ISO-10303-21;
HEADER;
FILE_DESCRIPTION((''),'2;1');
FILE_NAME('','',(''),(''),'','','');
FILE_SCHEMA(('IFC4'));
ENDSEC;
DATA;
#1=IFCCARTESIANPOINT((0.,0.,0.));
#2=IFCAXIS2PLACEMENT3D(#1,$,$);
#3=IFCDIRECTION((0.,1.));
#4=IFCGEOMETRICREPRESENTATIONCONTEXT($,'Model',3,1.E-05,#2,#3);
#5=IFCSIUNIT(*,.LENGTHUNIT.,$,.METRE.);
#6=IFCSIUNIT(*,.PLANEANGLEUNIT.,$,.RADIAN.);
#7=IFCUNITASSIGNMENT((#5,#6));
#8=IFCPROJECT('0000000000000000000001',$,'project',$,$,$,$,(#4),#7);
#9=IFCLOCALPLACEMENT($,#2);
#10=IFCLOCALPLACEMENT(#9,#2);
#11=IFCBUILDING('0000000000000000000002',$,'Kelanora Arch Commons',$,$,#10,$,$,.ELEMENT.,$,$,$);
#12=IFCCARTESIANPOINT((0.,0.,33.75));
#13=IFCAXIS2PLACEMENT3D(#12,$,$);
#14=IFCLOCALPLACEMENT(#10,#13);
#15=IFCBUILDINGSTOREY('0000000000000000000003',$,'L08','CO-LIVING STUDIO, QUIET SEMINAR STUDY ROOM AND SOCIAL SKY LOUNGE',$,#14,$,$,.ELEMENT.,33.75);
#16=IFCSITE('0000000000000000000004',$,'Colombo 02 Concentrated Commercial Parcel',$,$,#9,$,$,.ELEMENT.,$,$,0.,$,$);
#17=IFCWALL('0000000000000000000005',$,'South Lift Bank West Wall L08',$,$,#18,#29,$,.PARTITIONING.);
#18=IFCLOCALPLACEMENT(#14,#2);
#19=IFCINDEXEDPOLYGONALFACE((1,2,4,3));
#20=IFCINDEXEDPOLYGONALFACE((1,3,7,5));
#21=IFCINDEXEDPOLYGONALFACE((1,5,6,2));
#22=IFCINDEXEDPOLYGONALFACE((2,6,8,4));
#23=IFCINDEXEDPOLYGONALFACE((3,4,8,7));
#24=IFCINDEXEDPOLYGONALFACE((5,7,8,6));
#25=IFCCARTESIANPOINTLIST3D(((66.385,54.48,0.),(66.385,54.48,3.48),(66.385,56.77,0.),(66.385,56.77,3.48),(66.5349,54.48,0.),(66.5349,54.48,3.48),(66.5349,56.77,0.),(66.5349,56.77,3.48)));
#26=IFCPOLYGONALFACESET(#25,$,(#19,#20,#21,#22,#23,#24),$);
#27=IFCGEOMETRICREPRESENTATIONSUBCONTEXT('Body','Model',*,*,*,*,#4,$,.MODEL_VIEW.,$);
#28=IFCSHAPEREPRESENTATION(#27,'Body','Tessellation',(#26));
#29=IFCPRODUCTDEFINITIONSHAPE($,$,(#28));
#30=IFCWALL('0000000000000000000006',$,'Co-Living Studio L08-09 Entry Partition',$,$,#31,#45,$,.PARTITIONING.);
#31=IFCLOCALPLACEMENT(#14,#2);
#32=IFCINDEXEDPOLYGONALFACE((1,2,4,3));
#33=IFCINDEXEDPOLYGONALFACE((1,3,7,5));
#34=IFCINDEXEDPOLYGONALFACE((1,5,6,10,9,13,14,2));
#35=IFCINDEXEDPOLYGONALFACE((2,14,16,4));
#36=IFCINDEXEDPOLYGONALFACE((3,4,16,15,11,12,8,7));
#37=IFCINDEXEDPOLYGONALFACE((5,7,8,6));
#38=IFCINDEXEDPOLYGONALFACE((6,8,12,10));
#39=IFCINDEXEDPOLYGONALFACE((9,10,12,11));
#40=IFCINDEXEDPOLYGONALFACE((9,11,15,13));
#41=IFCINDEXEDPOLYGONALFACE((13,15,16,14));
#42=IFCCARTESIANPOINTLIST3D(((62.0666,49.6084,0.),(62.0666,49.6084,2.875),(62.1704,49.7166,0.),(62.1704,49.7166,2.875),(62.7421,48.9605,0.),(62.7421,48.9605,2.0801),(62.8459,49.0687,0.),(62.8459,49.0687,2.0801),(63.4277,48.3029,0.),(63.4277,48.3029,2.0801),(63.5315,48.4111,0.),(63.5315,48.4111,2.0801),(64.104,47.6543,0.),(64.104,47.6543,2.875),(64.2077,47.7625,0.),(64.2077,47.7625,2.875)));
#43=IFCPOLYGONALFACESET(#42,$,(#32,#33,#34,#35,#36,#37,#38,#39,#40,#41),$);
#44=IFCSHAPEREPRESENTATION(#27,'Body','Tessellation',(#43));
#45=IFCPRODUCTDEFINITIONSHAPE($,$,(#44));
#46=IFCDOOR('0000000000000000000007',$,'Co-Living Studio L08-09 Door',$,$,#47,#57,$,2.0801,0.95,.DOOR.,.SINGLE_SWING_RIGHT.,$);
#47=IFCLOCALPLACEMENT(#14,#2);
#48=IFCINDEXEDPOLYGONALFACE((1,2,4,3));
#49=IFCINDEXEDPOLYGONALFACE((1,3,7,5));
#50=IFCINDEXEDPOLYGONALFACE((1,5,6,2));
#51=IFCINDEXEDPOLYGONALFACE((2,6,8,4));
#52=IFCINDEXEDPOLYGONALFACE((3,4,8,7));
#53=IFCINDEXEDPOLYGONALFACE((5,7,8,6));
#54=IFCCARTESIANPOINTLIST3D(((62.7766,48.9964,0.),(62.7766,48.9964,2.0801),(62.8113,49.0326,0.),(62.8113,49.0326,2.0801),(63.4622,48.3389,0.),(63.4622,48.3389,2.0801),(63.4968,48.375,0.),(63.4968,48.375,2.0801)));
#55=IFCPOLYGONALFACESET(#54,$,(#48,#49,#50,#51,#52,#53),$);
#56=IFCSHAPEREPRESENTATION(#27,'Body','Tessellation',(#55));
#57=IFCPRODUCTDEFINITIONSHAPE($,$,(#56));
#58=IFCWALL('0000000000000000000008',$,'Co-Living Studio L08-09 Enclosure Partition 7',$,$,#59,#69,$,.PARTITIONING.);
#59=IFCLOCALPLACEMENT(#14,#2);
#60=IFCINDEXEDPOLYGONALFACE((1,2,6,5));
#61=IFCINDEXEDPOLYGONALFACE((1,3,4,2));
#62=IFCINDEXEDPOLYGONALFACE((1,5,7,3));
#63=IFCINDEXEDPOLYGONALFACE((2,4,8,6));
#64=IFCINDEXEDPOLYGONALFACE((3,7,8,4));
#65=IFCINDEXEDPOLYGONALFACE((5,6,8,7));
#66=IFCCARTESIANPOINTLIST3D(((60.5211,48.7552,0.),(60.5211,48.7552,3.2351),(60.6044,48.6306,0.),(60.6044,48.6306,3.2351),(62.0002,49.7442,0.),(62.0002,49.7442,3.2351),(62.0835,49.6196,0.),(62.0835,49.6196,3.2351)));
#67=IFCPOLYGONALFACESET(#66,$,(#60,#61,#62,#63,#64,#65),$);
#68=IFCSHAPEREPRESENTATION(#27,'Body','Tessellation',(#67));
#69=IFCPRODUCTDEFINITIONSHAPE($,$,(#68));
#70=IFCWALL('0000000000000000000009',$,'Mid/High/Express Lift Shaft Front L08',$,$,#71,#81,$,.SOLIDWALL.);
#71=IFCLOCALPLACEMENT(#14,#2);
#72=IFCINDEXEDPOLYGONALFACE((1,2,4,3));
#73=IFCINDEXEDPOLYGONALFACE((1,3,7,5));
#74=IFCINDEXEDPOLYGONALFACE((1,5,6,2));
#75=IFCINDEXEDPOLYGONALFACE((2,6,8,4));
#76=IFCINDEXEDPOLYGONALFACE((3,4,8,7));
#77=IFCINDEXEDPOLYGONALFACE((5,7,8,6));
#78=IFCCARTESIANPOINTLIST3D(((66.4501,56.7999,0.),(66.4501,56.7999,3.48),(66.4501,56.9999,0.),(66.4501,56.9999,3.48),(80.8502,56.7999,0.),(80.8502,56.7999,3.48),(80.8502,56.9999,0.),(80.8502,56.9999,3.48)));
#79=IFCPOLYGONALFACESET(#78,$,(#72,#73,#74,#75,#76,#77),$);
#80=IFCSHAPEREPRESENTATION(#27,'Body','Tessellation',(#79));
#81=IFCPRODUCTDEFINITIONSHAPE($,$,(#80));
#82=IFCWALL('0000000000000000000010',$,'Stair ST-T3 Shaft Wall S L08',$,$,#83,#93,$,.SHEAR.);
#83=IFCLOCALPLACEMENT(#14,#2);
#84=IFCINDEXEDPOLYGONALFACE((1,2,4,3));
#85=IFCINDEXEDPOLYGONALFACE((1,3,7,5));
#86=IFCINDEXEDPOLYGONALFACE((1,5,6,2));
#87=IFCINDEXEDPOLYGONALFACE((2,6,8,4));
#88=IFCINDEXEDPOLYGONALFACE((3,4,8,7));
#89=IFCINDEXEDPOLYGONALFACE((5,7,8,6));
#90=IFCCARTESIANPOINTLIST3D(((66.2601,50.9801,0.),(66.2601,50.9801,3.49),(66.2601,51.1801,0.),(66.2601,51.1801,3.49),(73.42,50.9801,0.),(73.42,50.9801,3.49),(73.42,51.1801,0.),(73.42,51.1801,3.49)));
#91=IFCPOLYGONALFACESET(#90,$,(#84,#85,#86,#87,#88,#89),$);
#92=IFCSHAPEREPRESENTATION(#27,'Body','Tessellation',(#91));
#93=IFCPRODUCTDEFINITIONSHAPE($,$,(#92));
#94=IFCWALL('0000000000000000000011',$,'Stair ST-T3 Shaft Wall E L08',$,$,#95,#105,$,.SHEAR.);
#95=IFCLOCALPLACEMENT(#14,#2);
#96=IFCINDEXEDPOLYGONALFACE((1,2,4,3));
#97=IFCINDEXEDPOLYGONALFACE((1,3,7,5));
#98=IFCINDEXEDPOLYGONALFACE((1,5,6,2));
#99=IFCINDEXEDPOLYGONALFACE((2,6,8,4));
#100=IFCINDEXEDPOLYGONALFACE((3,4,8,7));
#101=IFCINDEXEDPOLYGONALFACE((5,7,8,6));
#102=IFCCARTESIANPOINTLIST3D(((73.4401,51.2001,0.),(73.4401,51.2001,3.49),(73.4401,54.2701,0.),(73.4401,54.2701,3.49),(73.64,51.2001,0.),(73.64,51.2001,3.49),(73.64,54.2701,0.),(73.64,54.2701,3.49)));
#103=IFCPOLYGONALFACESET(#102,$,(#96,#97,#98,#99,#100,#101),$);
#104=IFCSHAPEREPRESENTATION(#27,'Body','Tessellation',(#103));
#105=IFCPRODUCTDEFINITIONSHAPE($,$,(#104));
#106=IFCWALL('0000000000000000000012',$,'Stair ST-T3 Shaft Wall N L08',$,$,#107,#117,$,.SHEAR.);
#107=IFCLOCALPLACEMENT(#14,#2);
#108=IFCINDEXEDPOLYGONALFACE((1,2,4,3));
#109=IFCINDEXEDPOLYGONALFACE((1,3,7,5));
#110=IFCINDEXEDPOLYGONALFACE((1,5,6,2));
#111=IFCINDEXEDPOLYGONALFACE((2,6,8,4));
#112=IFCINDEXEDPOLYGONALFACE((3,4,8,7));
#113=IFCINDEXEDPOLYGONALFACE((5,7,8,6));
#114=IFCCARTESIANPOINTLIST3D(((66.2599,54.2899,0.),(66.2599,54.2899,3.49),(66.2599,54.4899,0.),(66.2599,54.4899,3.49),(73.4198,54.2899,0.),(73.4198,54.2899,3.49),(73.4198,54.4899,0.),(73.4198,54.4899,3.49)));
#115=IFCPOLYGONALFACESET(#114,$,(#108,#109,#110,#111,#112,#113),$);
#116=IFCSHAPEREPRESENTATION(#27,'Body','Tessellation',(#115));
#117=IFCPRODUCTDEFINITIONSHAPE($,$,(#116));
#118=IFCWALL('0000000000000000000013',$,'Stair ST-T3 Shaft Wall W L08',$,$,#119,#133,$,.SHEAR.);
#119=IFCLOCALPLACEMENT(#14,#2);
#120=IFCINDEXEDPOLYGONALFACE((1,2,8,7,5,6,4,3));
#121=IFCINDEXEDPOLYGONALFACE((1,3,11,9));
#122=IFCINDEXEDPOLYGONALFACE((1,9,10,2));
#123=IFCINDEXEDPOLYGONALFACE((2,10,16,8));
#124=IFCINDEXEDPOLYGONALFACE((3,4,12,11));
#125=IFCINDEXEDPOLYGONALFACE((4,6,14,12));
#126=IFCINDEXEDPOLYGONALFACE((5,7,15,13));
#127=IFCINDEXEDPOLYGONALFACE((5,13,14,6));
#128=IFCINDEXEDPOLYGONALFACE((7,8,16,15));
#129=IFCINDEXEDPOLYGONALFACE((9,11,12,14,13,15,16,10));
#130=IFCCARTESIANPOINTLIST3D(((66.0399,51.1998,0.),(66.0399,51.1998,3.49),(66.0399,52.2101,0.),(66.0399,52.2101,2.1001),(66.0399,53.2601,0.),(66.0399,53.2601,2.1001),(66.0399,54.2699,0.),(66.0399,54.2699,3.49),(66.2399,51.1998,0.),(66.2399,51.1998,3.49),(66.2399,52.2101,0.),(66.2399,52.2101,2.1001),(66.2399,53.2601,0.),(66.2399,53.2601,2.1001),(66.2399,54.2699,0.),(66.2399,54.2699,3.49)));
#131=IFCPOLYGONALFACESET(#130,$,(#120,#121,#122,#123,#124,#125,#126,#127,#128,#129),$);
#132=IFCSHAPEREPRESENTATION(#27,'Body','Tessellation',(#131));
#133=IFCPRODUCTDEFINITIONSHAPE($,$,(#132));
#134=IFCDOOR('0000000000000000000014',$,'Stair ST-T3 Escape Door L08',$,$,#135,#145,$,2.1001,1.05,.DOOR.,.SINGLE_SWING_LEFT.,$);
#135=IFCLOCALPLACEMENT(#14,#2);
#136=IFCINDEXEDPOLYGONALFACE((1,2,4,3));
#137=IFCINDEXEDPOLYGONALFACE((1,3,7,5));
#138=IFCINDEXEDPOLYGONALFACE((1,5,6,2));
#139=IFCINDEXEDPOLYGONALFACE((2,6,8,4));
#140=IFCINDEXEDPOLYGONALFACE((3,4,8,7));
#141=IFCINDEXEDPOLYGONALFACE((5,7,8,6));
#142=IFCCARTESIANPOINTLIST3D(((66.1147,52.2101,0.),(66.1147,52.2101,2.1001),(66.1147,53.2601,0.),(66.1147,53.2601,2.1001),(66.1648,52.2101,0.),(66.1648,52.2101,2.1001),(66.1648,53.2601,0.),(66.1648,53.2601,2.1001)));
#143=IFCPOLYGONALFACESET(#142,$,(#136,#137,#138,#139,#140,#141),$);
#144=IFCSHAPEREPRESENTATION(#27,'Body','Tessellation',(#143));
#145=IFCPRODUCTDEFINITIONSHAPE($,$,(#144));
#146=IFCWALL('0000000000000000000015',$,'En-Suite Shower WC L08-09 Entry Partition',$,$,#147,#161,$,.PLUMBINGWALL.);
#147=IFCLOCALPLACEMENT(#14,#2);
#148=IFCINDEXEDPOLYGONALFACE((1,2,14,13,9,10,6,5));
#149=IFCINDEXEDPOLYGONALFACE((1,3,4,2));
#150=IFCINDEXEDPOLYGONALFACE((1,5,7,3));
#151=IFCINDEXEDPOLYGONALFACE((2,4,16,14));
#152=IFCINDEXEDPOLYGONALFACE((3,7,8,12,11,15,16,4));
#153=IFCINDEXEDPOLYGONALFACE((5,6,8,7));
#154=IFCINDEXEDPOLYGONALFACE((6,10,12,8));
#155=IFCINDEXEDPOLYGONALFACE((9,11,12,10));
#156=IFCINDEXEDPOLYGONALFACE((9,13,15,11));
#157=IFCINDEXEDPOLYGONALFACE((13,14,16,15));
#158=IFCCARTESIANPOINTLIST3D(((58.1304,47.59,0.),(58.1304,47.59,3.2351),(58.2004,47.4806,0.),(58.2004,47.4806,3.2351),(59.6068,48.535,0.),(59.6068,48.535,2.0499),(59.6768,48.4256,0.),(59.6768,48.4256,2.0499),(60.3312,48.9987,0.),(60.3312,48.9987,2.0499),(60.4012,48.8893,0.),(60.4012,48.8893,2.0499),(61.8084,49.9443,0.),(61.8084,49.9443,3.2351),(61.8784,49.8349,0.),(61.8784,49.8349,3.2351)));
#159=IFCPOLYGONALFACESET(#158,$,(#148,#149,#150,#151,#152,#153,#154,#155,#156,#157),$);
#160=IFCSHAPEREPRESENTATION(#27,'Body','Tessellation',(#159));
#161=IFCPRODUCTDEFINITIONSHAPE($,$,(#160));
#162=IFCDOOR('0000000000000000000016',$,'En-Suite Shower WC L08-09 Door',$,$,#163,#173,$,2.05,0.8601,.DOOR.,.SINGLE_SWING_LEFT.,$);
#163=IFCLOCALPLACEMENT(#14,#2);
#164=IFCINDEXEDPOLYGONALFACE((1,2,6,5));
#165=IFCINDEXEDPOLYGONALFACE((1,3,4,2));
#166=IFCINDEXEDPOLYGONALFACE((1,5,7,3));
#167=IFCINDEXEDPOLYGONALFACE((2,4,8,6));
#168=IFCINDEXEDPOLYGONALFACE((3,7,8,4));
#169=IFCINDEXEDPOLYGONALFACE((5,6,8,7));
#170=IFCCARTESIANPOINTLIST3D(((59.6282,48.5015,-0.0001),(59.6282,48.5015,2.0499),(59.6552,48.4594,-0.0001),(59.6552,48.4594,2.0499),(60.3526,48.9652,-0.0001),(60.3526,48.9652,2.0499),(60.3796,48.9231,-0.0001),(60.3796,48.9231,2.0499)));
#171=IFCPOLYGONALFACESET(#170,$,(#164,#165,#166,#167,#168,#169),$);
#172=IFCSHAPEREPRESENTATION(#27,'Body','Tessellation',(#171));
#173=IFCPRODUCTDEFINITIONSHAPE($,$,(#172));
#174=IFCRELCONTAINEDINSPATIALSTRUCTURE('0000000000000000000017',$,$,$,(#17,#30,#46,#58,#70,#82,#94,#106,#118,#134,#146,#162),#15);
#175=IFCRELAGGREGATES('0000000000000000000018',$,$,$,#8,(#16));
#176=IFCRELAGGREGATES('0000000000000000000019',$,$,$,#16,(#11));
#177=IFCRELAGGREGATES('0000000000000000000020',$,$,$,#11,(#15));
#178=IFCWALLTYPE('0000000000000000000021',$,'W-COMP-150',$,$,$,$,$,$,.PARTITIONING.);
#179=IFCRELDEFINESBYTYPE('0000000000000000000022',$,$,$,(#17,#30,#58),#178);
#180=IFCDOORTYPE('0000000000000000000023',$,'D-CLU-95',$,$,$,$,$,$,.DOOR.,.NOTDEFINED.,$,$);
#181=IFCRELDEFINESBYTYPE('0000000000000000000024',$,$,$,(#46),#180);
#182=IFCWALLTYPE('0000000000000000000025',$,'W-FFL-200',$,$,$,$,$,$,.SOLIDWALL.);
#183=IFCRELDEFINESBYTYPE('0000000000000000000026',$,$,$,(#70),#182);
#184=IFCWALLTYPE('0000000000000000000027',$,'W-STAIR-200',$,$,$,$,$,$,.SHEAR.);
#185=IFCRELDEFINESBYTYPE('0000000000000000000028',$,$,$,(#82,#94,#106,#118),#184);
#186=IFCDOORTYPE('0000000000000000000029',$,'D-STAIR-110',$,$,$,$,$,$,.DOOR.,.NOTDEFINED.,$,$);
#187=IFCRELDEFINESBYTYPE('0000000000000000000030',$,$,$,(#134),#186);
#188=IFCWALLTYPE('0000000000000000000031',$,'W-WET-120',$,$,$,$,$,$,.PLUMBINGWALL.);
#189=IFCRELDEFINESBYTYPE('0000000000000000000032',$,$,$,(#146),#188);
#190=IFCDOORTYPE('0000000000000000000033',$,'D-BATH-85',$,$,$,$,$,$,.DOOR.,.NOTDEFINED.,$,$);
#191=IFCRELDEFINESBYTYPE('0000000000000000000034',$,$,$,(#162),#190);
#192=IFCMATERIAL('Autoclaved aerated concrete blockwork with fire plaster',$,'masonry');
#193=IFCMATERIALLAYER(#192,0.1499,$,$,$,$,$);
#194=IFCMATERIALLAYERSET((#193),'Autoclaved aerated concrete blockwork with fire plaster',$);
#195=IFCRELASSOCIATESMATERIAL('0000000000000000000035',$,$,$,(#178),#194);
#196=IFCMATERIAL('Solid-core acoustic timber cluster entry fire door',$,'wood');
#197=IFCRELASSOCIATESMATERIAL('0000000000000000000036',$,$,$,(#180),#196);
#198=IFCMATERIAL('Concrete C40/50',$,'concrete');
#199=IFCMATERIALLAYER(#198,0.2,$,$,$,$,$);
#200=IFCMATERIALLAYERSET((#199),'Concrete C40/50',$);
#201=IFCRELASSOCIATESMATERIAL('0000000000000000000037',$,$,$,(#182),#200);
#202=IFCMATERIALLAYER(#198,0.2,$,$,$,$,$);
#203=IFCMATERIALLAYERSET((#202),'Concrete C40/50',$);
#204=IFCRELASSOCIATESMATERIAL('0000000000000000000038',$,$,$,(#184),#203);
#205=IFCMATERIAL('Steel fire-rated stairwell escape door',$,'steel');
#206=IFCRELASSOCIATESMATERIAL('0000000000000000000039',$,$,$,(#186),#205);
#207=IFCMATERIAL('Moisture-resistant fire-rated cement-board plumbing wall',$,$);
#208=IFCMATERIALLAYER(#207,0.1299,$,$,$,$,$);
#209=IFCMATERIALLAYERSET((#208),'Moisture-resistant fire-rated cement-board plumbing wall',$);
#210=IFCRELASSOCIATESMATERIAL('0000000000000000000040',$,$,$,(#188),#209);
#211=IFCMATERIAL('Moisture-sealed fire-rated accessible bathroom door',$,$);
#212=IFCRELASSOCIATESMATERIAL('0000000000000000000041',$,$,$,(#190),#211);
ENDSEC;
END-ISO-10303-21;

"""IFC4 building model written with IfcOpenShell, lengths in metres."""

from ifc_helpers import new_model, si_unit, direction, frame, frame_2d, origin, place, context, subcontext, project, spatial, rectangle, extrude, material, layer, layer_set, type_object, element, fill, save


model = new_model("IFC4")

# Units and contexts
model_context = context("Model", 3, precision=1e-05, world=origin(), true_north=direction((0.0, 1.0)))
body_context = subcontext(model_context, "Body", "Model", "MODEL_VIEW")
ifc_project = project(units=[si_unit("LENGTHUNIT", "METRE"), si_unit("PLANEANGLEUNIT", "RADIAN")], contexts=[model_context])

# Site, building, storey
site_placement = place(None, origin())
site = spatial("IfcSite", under=ifc_project, at=site_placement, Name="Colombo 02 Concentrated Commercial Parcel", CompositionType="ELEMENT", RefElevation=0.0)
building_placement = place(site_placement, origin())
building = spatial("IfcBuilding", under=site, at=building_placement, Name="Kelanora Arch Commons", CompositionType="ELEMENT")
storey_placement = place(building_placement, frame((0.0, 0.0, 33.75)))
storey = spatial("IfcBuildingStorey", under=building, at=storey_placement, Name="L08", Description="CO-LIVING STUDIO, QUIET SEMINAR STUDY ROOM AND SOCIAL SKY LOUNGE", CompositionType="ELEMENT", Elevation=33.75)

# Wall
ifc_material_1 = material(Name="Autoclaved aerated concrete blockwork with fire plaster", Category="masonry")
ifc_layer_1 = layer(ifc_material_1, 0.1499)
ifc_layer_set_1 = layer_set([ifc_layer_1], Name="Autoclaved aerated concrete blockwork with fire plaster")
wall_type_1 = type_object("IfcWallType", Name="W-COMP-150", PredefinedType="PARTITIONING", material=ifc_layer_set_1)
wall_1_placement = place(storey_placement, frame((66.46, 54.48, 0.0), z_axis=(0.0, 0.0, 1.0), x_axis=(0.0, 1.0, 0.0)))
element("IfcWall", 1, at=wall_1_placement, inside=storey, type_object=wall_type_1, Name="South Lift Bank West Wall L08", PredefinedType="PARTITIONING", context=body_context, shape_type="SweptSolid", body=[
    extrude(rectangle(XDim=2.29, YDim=0.1499, at=frame_2d((1.145, 0.0))), origin(), (0.0, 0.0, 1.0), 3.48),
])

# Wall, opening, door
wall_2_placement = place(storey_placement, frame((62.1184, 49.6626, 0.0), z_axis=(0.0, 0.0, 1.0), x_axis=(0.721698, -0.692208, 0.0)))
wall_2 = element("IfcWall", 2, at=wall_2_placement, inside=storey, type_object=wall_type_1, Name="Co-Living Studio L08-09 Entry Partition", PredefinedType="PARTITIONING", context=body_context, shape_type="SweptSolid", body=[
    extrude(rectangle(XDim=2.823, YDim=0.1499, at=frame_2d((1.4116, 0.0))), origin(), (0.0, 0.0, 1.0), 2.875),
])
opening_1_placement = place(wall_2_placement, frame((0.936, 0.0, 0.0)))
opening_1 = element("IfcOpeningElement", 3, at=opening_1_placement, cuts=wall_2, PredefinedType="OPENING", context=body_context, shape_type="SweptSolid", body=[
    extrude(rectangle(XDim=0.95, YDim=2.0801, at=frame_2d((0.4751, 1.04))), frame((0.0, 0.085, 0.0), z_axis=(0.0, -1.0, 0.0), x_axis=(1.0, 0.0, 0.0)), (0.0, 0.0, 1.0), 0.1699),
])
ifc_material_2 = material(Name="Solid-core acoustic timber cluster entry fire door", Category="wood")
door_type_1 = type_object("IfcDoorType", Name="D-CLU-95", OperationType="NOTDEFINED", PredefinedType="DOOR", material=ifc_material_2)
door_1_placement = place(opening_1_placement, origin())
door_1 = element("IfcDoor", 4, at=door_1_placement, inside=storey, type_object=door_type_1, Name="Co-Living Studio L08-09 Door", OperationType="SINGLE_SWING_RIGHT", OverallHeight=2.0801, OverallWidth=0.95, PredefinedType="DOOR", context=body_context, shape_type="SweptSolid", body=[
    extrude(rectangle(XDim=0.95, YDim=2.0801, at=frame_2d((0.4751, 1.04))), frame((0.0, 0.0249, 0.0), z_axis=(0.0, -1.0, 0.0), x_axis=(1.0, 0.0, 0.0)), (0.0, 0.0, 1.0), 0.05),
])
fill(opening_1, door_1)

# Walls
wall_3_placement = place(storey_placement, frame((60.5627, 48.6929, 0.0), z_axis=(0.0, 0.0, 1.0), x_axis=(0.831268, 0.555871, 0.0)))
element("IfcWall", 5, at=wall_3_placement, inside=storey, type_object=wall_type_1, Name="Co-Living Studio L08-09 Enclosure Partition 7", PredefinedType="PARTITIONING", context=body_context, shape_type="SweptSolid", body=[
    extrude(rectangle(XDim=1.7793, YDim=0.1499, at=frame_2d((0.8896, 0.0))), origin(), (0.0, 0.0, 1.0), 3.2351),
])
ifc_material_3 = material(Name="Concrete C40/50", Category="concrete")
ifc_layer_2 = layer(ifc_material_3, 0.2)
ifc_layer_set_2 = layer_set([ifc_layer_2], Name="Concrete C40/50")
wall_type_2 = type_object("IfcWallType", Name="W-FFL-200", PredefinedType="SOLIDWALL", material=ifc_layer_set_2)
wall_4_placement = place(storey_placement, frame((66.45, 56.8999, 0.0), z_axis=(0.0, 0.0, 1.0), x_axis=(1.0, 0.0, 0.0)))
element("IfcWall", 6, at=wall_4_placement, inside=storey, type_object=wall_type_2, Name="Mid/High/Express Lift Shaft Front L08", PredefinedType="SOLIDWALL", context=body_context, shape_type="SweptSolid", body=[
    extrude(rectangle(XDim=14.4001, YDim=0.2, at=frame_2d((7.2002, 0.0))), origin(), (0.0, 0.0, 1.0), 3.48),
])
ifc_layer_3 = layer(ifc_material_3, 0.2)
ifc_layer_set_3 = layer_set([ifc_layer_3], Name="Concrete C40/50")
wall_type_3 = type_object("IfcWallType", Name="W-STAIR-200", PredefinedType="SHEAR", material=ifc_layer_set_3)
wall_5_placement = place(storey_placement, frame((66.26, 51.0801, 0.0), z_axis=(0.0, 0.0, 1.0), x_axis=(1.0, 0.0, 0.0)))
element("IfcWall", 7, at=wall_5_placement, inside=storey, type_object=wall_type_3, Name="Stair ST-T3 Shaft Wall S L08", PredefinedType="SHEAR", context=body_context, shape_type="SweptSolid", body=[
    extrude(rectangle(XDim=7.1599, YDim=0.2, at=frame_2d((3.5801, 0.0))), origin(), (0.0, 0.0, 1.0), 3.49),
])
wall_6_placement = place(storey_placement, frame((73.54, 51.2, 0.0), z_axis=(0.0, 0.0, 1.0), x_axis=(0.0, 1.0, 0.0)))
element("IfcWall", 8, at=wall_6_placement, inside=storey, type_object=wall_type_3, Name="Stair ST-T3 Shaft Wall E L08", PredefinedType="SHEAR", context=body_context, shape_type="SweptSolid", body=[
    extrude(rectangle(XDim=3.0701, YDim=0.2, at=frame_2d((1.5352, 0.0))), origin(), (0.0, 0.0, 1.0), 3.49),
])
wall_7_placement = place(storey_placement, frame((73.4199, 54.3899, 0.0), z_axis=(0.0, 0.0, 1.0), x_axis=(-1.0, 0.0, 0.0)))
element("IfcWall", 9, at=wall_7_placement, inside=storey, type_object=wall_type_3, Name="Stair ST-T3 Shaft Wall N L08", PredefinedType="SHEAR", context=body_context, shape_type="SweptSolid", body=[
    extrude(rectangle(XDim=7.1599, YDim=0.2, at=frame_2d((3.5801, 0.0))), origin(), (0.0, 0.0, 1.0), 3.49),
])

# Walls, openings, doors
wall_8_placement = place(storey_placement, frame((66.1399, 54.27, 0.0), z_axis=(0.0, 0.0, 1.0), x_axis=(0.0, -1.0, 0.0)))
wall_8 = element("IfcWall", 10, at=wall_8_placement, inside=storey, type_object=wall_type_3, Name="Stair ST-T3 Shaft Wall W L08", PredefinedType="SHEAR", context=body_context, shape_type="SweptSolid", body=[
    extrude(rectangle(XDim=3.0701, YDim=0.2, at=frame_2d((1.5352, 0.0))), origin(), (0.0, 0.0, 1.0), 3.49),
])
opening_2_placement = place(wall_8_placement, frame((1.01, 0.0, 0.0)))
opening_2 = element("IfcOpeningElement", 11, at=opening_2_placement, cuts=wall_8, PredefinedType="OPENING", context=body_context, shape_type="SweptSolid", body=[
    extrude(rectangle(XDim=1.05, YDim=2.1001, at=frame_2d((0.5249, 1.05))), frame((0.0, 0.1099, 0.0), z_axis=(0.0, -1.0, 0.0), x_axis=(1.0, 0.0, 0.0)), (0.0, 0.0, 1.0), 0.22),
])
ifc_material_4 = material(Name="Steel fire-rated stairwell escape door", Category="steel")
door_type_2 = type_object("IfcDoorType", Name="D-STAIR-110", OperationType="NOTDEFINED", PredefinedType="DOOR", material=ifc_material_4)
door_2_placement = place(opening_2_placement, origin())
door_2 = element("IfcDoor", 12, at=door_2_placement, inside=storey, type_object=door_type_2, Name="Stair ST-T3 Escape Door L08", OperationType="SINGLE_SWING_LEFT", OverallHeight=2.1001, OverallWidth=1.05, PredefinedType="DOOR", context=body_context, shape_type="SweptSolid", body=[
    extrude(rectangle(XDim=1.05, YDim=2.1001, at=frame_2d((0.5249, 1.05))), frame((0.0, 0.0249, 0.0), z_axis=(0.0, -1.0, 0.0), x_axis=(1.0, 0.0, 0.0)), (0.0, 0.0, 1.0), 0.05),
])
fill(opening_2, door_2)
ifc_material_5 = material(Name="Moisture-resistant fire-rated cement-board plumbing wall")
ifc_layer_4 = layer(ifc_material_5, 0.1299)
ifc_layer_set_4 = layer_set([ifc_layer_4], Name="Moisture-resistant fire-rated cement-board plumbing wall")
wall_type_4 = type_object("IfcWallType", Name="W-WET-120", PredefinedType="PLUMBINGWALL", material=ifc_layer_set_4)
wall_9_placement = place(storey_placement, frame((61.8435, 49.8896, 0.0), z_axis=(0.0, 0.0, 1.0), x_axis=(-0.842236, -0.539109, 0.0)))
wall_9 = element("IfcWall", 13, at=wall_9_placement, inside=storey, type_object=wall_type_4, Name="En-Suite Shower WC L08-09 Entry Partition", PredefinedType="PLUMBINGWALL", context=body_context, shape_type="SweptSolid", body=[
    extrude(rectangle(XDim=4.3669, YDim=0.1299, at=frame_2d((2.1836, 0.0))), origin(), (0.0, 0.0, 1.0), 3.2351),
])
opening_3_placement = place(wall_9_placement, frame((1.7539, 0.0, 0.0)))
opening_3 = element("IfcOpeningElement", 14, at=opening_3_placement, cuts=wall_9, PredefinedType="OPENING", context=body_context, shape_type="SweptSolid", body=[
    extrude(rectangle(XDim=0.8601, YDim=2.05, at=frame_2d((0.4302, 1.0249))), frame((0.0, 0.075, 0.0), z_axis=(0.0, -1.0, 0.0), x_axis=(1.0, 0.0, 0.0)), (0.0, 0.0, 1.0), 0.1499),
])
ifc_material_6 = material(Name="Moisture-sealed fire-rated accessible bathroom door")
door_type_3 = type_object("IfcDoorType", Name="D-BATH-85", OperationType="NOTDEFINED", PredefinedType="DOOR", material=ifc_material_6)
door_3_placement = place(opening_3_placement, origin())
door_3 = element("IfcDoor", 15, at=door_3_placement, inside=storey, type_object=door_type_3, Name="En-Suite Shower WC L08-09 Door", OperationType="SINGLE_SWING_LEFT", OverallHeight=2.05, OverallWidth=0.8601, PredefinedType="DOOR", context=body_context, shape_type="SweptSolid", body=[
    extrude(rectangle(XDim=0.8601, YDim=2.05, at=frame_2d((0.4302, 1.0249))), frame((0.0, 0.0249, 0.0), z_axis=(0.0, -1.0, 0.0), x_axis=(1.0, 0.0, 0.0)), (0.0, 0.0, 1.0), 0.05),
])
fill(opening_3, door_3)

save(model, "model.ifc")
